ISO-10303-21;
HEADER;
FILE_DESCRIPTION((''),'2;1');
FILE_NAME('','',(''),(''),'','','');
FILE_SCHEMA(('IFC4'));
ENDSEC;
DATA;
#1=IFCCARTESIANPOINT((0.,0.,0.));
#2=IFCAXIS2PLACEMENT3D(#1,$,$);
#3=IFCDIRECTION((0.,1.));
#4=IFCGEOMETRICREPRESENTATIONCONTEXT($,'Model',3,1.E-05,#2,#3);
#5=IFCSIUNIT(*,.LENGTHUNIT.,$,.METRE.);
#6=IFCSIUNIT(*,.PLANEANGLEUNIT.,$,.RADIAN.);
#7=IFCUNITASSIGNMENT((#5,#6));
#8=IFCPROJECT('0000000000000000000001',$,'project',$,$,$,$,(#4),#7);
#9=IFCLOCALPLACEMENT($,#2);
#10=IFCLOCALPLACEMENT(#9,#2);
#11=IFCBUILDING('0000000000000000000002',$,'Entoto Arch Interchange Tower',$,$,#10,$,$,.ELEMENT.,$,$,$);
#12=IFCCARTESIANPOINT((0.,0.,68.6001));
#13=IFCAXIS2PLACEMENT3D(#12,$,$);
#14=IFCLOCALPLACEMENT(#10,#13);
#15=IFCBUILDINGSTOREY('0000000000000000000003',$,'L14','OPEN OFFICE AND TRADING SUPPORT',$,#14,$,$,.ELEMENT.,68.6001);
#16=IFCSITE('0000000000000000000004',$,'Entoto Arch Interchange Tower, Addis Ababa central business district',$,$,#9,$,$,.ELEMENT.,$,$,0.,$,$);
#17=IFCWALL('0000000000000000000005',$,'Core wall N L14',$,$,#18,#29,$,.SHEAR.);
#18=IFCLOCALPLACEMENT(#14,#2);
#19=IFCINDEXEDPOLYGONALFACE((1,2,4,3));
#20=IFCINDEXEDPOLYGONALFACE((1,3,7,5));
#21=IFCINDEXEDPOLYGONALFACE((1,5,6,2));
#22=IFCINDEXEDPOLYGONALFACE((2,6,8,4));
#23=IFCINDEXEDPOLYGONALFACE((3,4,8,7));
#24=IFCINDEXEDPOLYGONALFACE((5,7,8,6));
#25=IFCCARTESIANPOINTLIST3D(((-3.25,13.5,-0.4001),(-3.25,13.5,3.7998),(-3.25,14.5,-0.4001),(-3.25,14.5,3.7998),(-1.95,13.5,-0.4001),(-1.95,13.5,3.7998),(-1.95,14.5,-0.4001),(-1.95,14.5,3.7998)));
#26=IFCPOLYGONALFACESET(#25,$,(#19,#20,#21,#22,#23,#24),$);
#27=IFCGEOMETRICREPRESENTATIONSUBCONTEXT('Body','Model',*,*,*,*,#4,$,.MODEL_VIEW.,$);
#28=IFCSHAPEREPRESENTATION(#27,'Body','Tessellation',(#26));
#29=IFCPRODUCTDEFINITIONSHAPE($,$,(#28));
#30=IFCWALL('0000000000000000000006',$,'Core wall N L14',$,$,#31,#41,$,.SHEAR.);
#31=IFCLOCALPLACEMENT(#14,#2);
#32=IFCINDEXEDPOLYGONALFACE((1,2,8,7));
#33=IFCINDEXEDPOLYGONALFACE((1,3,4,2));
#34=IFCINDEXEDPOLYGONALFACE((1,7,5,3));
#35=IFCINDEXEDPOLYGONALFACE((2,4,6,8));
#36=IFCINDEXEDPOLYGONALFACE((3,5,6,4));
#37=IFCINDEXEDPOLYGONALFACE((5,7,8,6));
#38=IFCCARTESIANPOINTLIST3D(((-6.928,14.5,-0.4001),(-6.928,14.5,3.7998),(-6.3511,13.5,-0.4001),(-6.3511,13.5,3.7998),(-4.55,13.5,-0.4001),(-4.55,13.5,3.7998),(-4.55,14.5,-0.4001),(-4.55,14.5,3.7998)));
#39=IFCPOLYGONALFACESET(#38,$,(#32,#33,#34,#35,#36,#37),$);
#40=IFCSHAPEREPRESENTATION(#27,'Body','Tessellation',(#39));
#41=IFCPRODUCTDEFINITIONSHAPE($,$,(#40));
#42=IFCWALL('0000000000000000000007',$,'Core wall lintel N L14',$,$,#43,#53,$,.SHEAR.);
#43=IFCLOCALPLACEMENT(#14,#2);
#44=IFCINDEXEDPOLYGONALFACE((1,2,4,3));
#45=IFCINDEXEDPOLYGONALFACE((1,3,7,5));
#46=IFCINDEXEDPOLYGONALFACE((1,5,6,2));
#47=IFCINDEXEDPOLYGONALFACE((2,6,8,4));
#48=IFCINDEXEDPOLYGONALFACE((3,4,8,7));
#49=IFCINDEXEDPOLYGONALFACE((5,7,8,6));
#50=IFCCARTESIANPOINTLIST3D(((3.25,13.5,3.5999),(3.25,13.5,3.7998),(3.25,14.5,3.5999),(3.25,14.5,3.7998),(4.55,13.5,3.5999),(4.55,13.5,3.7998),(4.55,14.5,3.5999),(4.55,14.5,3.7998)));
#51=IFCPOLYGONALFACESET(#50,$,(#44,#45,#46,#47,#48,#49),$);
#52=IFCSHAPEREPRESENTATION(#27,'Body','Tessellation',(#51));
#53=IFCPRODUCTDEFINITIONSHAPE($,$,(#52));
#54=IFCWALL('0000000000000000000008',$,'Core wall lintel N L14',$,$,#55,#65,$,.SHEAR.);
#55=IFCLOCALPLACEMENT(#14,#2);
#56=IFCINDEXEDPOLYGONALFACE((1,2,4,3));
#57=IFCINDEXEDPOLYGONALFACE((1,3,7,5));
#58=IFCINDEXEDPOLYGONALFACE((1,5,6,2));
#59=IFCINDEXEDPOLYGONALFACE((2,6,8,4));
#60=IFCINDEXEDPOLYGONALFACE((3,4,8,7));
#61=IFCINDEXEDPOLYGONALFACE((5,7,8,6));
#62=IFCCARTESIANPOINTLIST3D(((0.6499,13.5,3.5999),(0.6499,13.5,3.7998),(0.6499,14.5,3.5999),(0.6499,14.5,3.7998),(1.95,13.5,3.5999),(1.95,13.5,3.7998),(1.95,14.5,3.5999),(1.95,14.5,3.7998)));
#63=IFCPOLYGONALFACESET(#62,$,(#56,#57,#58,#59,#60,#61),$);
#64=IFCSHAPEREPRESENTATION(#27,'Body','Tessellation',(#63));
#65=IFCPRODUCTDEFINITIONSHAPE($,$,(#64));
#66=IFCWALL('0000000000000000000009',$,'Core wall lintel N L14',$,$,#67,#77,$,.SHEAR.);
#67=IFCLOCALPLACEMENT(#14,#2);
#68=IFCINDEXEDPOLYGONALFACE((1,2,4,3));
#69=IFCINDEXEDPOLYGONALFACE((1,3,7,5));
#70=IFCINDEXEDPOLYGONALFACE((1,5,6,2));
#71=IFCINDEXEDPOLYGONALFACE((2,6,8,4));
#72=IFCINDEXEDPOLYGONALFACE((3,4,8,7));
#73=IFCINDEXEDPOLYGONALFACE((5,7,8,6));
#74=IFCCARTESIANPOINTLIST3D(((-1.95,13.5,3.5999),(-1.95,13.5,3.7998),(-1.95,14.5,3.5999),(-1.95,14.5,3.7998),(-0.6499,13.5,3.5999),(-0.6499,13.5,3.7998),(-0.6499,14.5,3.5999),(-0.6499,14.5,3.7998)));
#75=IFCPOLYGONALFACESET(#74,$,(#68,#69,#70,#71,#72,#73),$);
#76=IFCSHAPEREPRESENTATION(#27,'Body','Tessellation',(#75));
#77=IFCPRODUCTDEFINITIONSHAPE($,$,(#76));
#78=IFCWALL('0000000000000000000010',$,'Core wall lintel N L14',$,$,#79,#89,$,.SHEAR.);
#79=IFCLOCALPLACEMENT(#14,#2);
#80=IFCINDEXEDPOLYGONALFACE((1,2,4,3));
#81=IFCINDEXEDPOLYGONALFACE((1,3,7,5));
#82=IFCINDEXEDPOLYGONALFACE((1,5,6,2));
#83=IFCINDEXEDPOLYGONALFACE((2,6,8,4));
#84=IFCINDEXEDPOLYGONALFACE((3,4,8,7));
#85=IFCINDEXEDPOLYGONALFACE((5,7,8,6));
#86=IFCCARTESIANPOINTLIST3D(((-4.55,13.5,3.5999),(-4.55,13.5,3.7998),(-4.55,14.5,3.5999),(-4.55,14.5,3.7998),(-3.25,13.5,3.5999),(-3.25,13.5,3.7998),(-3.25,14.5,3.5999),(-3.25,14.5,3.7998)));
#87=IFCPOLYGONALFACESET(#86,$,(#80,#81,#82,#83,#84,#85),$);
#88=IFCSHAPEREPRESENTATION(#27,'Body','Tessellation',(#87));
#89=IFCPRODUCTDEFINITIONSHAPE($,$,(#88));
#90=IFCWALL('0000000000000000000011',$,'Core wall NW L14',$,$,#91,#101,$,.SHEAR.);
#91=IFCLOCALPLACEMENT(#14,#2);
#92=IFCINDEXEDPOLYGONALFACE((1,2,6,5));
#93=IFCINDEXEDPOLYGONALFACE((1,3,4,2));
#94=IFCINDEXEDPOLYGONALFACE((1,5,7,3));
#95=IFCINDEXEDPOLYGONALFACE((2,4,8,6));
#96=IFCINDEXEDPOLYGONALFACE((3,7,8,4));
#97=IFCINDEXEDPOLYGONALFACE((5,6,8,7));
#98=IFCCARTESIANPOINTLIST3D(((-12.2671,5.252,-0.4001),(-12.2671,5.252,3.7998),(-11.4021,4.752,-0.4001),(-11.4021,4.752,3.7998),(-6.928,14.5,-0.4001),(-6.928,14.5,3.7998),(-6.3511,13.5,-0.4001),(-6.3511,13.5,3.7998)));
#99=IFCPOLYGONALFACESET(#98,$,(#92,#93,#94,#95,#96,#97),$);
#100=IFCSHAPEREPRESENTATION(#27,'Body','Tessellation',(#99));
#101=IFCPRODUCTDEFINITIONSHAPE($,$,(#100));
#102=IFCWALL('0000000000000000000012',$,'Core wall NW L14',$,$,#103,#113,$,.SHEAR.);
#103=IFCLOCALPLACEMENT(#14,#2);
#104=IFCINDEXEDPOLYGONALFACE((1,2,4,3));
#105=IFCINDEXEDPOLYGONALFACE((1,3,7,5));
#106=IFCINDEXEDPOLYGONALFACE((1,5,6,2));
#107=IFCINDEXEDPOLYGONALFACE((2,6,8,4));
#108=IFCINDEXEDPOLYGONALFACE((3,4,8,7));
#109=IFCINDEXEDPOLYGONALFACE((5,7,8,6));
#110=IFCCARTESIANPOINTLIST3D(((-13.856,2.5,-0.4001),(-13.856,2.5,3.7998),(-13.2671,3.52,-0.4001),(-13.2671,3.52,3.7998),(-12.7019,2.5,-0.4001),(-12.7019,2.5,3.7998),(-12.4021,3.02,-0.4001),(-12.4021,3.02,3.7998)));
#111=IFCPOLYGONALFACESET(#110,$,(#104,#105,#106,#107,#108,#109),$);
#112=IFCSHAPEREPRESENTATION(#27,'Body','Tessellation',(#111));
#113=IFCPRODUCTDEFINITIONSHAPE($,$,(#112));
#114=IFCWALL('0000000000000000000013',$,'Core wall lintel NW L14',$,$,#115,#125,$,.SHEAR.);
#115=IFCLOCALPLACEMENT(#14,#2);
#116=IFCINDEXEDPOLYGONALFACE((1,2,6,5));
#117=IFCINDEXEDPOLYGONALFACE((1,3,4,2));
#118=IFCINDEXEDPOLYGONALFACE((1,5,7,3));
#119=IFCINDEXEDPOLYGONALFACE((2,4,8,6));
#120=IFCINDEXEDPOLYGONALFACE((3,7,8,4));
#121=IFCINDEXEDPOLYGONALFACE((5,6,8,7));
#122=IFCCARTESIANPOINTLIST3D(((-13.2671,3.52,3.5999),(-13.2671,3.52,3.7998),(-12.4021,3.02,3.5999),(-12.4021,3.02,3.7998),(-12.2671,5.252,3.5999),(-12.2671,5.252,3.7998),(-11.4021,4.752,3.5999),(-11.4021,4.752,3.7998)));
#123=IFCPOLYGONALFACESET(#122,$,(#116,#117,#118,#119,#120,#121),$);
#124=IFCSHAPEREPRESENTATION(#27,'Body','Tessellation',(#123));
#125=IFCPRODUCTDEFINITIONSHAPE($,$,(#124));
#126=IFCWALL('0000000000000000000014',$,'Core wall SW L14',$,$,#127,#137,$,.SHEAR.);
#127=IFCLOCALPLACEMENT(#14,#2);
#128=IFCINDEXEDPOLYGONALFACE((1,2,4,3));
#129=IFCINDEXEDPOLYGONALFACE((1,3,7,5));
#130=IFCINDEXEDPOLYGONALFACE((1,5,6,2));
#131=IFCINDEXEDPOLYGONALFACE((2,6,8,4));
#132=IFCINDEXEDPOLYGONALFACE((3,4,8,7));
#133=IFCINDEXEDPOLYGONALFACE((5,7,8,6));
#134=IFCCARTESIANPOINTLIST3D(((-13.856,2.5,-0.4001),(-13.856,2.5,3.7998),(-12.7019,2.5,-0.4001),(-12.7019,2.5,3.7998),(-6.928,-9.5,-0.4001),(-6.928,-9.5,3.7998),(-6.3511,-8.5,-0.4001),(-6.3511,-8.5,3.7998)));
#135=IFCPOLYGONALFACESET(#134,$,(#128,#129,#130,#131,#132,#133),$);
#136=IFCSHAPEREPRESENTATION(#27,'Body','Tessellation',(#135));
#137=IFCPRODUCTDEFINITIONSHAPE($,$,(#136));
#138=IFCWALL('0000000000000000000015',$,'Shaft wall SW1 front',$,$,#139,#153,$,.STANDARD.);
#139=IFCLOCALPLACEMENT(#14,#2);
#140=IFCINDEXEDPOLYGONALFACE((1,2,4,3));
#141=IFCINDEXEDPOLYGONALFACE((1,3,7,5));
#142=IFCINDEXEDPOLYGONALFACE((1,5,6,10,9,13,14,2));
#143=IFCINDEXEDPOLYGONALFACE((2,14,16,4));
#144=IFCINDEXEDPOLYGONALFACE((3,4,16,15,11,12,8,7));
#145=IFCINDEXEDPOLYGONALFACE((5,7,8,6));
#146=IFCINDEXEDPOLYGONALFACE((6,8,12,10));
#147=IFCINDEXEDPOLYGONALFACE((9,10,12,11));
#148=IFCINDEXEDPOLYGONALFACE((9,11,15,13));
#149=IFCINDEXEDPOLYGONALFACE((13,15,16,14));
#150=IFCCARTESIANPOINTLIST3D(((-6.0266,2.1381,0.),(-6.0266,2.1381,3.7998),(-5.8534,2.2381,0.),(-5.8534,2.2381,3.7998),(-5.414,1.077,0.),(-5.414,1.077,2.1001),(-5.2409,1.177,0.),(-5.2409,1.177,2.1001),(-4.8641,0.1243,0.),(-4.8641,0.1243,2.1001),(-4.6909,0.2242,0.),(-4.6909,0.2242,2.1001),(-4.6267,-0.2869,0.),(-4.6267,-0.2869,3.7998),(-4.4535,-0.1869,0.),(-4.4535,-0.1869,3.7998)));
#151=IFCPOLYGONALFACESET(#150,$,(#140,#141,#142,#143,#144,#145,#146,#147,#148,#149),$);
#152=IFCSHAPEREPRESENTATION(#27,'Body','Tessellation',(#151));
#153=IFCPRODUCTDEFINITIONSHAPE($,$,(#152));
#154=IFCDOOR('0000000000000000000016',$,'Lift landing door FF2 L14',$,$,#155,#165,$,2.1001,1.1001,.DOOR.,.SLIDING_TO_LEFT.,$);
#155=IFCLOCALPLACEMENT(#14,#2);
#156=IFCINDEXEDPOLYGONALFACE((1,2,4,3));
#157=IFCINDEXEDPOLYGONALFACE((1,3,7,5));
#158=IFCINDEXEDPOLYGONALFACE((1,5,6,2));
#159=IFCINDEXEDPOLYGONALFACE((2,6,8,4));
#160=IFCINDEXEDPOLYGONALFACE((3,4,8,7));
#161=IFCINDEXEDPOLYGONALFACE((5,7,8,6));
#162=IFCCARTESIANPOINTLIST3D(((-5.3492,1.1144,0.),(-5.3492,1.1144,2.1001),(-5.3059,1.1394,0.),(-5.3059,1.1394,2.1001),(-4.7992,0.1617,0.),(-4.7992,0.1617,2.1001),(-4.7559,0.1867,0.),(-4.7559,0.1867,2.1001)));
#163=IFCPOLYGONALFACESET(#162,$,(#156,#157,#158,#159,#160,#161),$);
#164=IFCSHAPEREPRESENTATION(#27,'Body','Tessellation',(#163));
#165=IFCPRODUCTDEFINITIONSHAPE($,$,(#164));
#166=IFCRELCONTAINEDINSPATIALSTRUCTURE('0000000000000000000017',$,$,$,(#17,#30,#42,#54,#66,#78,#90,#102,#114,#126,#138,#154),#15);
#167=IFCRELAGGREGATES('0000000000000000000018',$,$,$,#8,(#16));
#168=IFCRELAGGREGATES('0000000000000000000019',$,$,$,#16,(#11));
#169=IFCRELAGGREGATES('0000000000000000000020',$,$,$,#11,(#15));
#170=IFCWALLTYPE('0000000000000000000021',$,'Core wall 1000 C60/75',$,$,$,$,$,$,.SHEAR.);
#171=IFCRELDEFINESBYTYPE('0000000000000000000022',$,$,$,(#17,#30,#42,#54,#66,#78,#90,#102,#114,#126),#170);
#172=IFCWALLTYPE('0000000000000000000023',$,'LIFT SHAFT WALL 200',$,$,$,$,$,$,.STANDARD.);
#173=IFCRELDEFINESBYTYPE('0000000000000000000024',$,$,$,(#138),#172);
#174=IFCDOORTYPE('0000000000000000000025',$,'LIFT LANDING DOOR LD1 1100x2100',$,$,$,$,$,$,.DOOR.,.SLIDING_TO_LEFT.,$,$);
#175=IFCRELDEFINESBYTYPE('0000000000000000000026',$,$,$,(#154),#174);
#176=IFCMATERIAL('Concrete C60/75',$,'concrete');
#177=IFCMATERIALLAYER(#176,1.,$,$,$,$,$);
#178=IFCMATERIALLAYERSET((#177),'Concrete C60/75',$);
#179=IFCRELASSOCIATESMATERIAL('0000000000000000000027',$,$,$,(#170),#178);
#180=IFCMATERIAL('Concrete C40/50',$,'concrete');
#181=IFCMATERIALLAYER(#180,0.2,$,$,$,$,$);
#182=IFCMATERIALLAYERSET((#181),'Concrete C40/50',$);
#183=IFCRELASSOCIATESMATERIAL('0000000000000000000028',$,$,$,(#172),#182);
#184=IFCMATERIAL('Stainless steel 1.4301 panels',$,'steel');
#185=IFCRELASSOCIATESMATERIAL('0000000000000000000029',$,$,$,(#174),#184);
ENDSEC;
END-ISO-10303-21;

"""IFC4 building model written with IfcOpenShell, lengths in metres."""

from ifc_helpers import new_model, si_unit, direction, frame, frame_2d, origin, place, context, subcontext, project, spatial, polyline, rectangle, outline, extrude, material, layer, layer_set, type_object, element, fill, save


model = new_model("IFC4")

# Units and contexts
model_context = context("Model", 3, precision=1e-05, world=origin(), true_north=direction((0.0, 1.0)))
body_context = subcontext(model_context, "Body", "Model", "MODEL_VIEW")
ifc_project = project(units=[si_unit("LENGTHUNIT", "METRE"), si_unit("PLANEANGLEUNIT", "RADIAN")], contexts=[model_context])

# Site, building, storey
site_placement = place(None, origin())
site = spatial("IfcSite", under=ifc_project, at=site_placement, Name="Entoto Arch Interchange Tower, Addis Ababa central business district", CompositionType="ELEMENT", RefElevation=0.0)
building_placement = place(site_placement, origin())
building = spatial("IfcBuilding", under=site, at=building_placement, Name="Entoto Arch Interchange Tower", CompositionType="ELEMENT")
storey_placement = place(building_placement, frame((0.0, 0.0, 68.6001)))
storey = spatial("IfcBuildingStorey", under=building, at=storey_placement, Name="L14", Description="OPEN OFFICE AND TRADING SUPPORT", CompositionType="ELEMENT", Elevation=68.6001)

# Walls
ifc_material_1 = material(Name="Concrete C60/75", Category="concrete")
ifc_layer_1 = layer(ifc_material_1, 1.0)
ifc_layer_set_1 = layer_set([ifc_layer_1], Name="Concrete C60/75")
wall_type_1 = type_object("IfcWallType", Name="Core wall 1000 C60/75", PredefinedType="SHEAR", material=ifc_layer_set_1)
wall_1_placement = place(storey_placement, frame((0.0, 0.0, -0.4001)))
element("IfcWall", 1, at=wall_1_placement, inside=storey, type_object=wall_type_1, Name="Core wall N L14", PredefinedType="SHEAR", context=body_context, shape_type="SweptSolid", body=[
    extrude(outline(polyline([(-3.25, 14.5), (-3.25, 13.5), (-1.95, 13.5), (-1.95, 14.5), (-3.25, 14.5)])), origin(), (0.0, 0.0, 1.0), 4.2),
])
wall_2_placement = place(storey_placement, frame((0.0, 0.0, -0.4001)))
element("IfcWall", 2, at=wall_2_placement, inside=storey, type_object=wall_type_1, Name="Core wall N L14", PredefinedType="SHEAR", context=body_context, shape_type="SweptSolid", body=[
    extrude(outline(polyline([(-4.55, 13.5), (-4.55, 14.5), (-6.928, 14.5), (-6.3511, 13.5), (-4.55, 13.5)])), origin(), (0.0, 0.0, 1.0), 4.2),
])
wall_3_placement = place(storey_placement, frame((0.0, 0.0, 3.5999)))
element("IfcWall", 3, at=wall_3_placement, inside=storey, type_object=wall_type_1, Name="Core wall lintel N L14", PredefinedType="SHEAR", context=body_context, shape_type="SweptSolid", body=[
    extrude(outline(polyline([(3.25, 14.5), (3.25, 13.5), (4.55, 13.5), (4.55, 14.5), (3.25, 14.5)])), origin(), (0.0, 0.0, 1.0), 0.2),
])
wall_4_placement = place(storey_placement, frame((0.0, 0.0, 3.5999)))
element("IfcWall", 4, at=wall_4_placement, inside=storey, type_object=wall_type_1, Name="Core wall lintel N L14", PredefinedType="SHEAR", context=body_context, shape_type="SweptSolid", body=[
    extrude(outline(polyline([(0.6499, 14.5), (0.6499, 13.5), (1.95, 13.5), (1.95, 14.5), (0.6499, 14.5)])), origin(), (0.0, 0.0, 1.0), 0.2),
])
wall_5_placement = place(storey_placement, frame((0.0, 0.0, 3.5999)))
element("IfcWall", 5, at=wall_5_placement, inside=storey, type_object=wall_type_1, Name="Core wall lintel N L14", PredefinedType="SHEAR", context=body_context, shape_type="SweptSolid", body=[
    extrude(outline(polyline([(-1.95, 14.5), (-1.95, 13.5), (-0.6499, 13.5), (-0.6499, 14.5), (-1.95, 14.5)])), origin(), (0.0, 0.0, 1.0), 0.2),
])
wall_6_placement = place(storey_placement, frame((0.0, 0.0, 3.5999)))
element("IfcWall", 6, at=wall_6_placement, inside=storey, type_object=wall_type_1, Name="Core wall lintel N L14", PredefinedType="SHEAR", context=body_context, shape_type="SweptSolid", body=[
    extrude(outline(polyline([(-4.55, 14.5), (-4.55, 13.5), (-3.25, 13.5), (-3.25, 14.5), (-4.55, 14.5)])), origin(), (0.0, 0.0, 1.0), 0.2),
])
wall_7_placement = place(storey_placement, frame((0.0, 0.0, -0.4001)))
element("IfcWall", 7, at=wall_7_placement, inside=storey, type_object=wall_type_1, Name="Core wall NW L14", PredefinedType="SHEAR", context=body_context, shape_type="SweptSolid", body=[
    extrude(outline(polyline([(-12.2671, 5.252), (-11.4021, 4.752), (-6.3511, 13.5), (-6.928, 14.5), (-12.2671, 5.252)])), origin(), (0.0, 0.0, 1.0), 4.2),
])
wall_8_placement = place(storey_placement, frame((0.0, 0.0, -0.4001)))
element("IfcWall", 8, at=wall_8_placement, inside=storey, type_object=wall_type_1, Name="Core wall NW L14", PredefinedType="SHEAR", context=body_context, shape_type="SweptSolid", body=[
    extrude(outline(polyline([(-12.4021, 3.02), (-13.2671, 3.52), (-13.856, 2.5), (-12.7019, 2.5), (-12.4021, 3.02)])), origin(), (0.0, 0.0, 1.0), 4.2),
])
wall_9_placement = place(storey_placement, frame((0.0, 0.0, 3.5999)))
element("IfcWall", 9, at=wall_9_placement, inside=storey, type_object=wall_type_1, Name="Core wall lintel NW L14", PredefinedType="SHEAR", context=body_context, shape_type="SweptSolid", body=[
    extrude(outline(polyline([(-13.2671, 3.52), (-12.4021, 3.02), (-11.4021, 4.752), (-12.2671, 5.252), (-13.2671, 3.52)])), origin(), (0.0, 0.0, 1.0), 0.2),
])
wall_10_placement = place(storey_placement, frame((0.0, 0.0, -0.4001)))
element("IfcWall", 10, at=wall_10_placement, inside=storey, type_object=wall_type_1, Name="Core wall SW L14", PredefinedType="SHEAR", context=body_context, shape_type="SweptSolid", body=[
    extrude(outline(polyline([(-13.856, 2.5), (-6.928, -9.5), (-6.3511, -8.5), (-12.7019, 2.5), (-13.856, 2.5)])), origin(), (0.0, 0.0, 1.0), 4.2),
])

# Wall, opening, door
ifc_material_2 = material(Name="Concrete C40/50", Category="concrete")
ifc_layer_2 = layer(ifc_material_2, 0.2)
ifc_layer_set_2 = layer_set([ifc_layer_2], Name="Concrete C40/50")
wall_type_2 = type_object("IfcWallType", Name="LIFT SHAFT WALL 200", PredefinedType="STANDARD", material=ifc_layer_set_2)
wall_11_placement = place(storey_placement, frame((-5.9399, 2.188, 0.0), z_axis=(0.0, 0.0, 1.0), x_axis=(0.499946, -0.866056, 0.0)))
wall_11 = element("IfcWall", 11, at=wall_11_placement, inside=storey, type_object=wall_type_2, Name="Shaft wall SW1 front", PredefinedType="STANDARD", context=body_context, shape_type="SweptSolid", body=[
    extrude(rectangle(XDim=2.8, YDim=0.2, at=frame_2d((1.3999, 0.0))), origin(), (0.0, 0.0, 1.0), 3.7998),
])
opening_1_placement = place(wall_11_placement, frame((1.2251, 0.0, 0.0)))
opening_1 = element("IfcOpeningElement", 12, at=opening_1_placement, cuts=wall_11, PredefinedType="OPENING", context=body_context, shape_type="SweptSolid", body=[
    extrude(rectangle(XDim=1.1001, YDim=2.1001, at=frame_2d((0.55, 1.05))), frame((0.0, 0.1099, 0.0), z_axis=(0.0, -1.0, 0.0), x_axis=(1.0, 0.0, 0.0)), (0.0, 0.0, 1.0), 0.22),
])
ifc_material_3 = material(Name="Stainless steel 1.4301 panels", Category="steel")
door_type_1 = type_object("IfcDoorType", Name="LIFT LANDING DOOR LD1 1100x2100", OperationType="SLIDING_TO_LEFT", PredefinedType="DOOR", material=ifc_material_3)
door_1_placement = place(opening_1_placement, origin())
door_1 = element("IfcDoor", 13, at=door_1_placement, inside=storey, type_object=door_type_1, Name="Lift landing door FF2 L14", OperationType="SLIDING_TO_LEFT", OverallHeight=2.1001, OverallWidth=1.1001, PredefinedType="DOOR", context=body_context, shape_type="SweptSolid", body=[
    extrude(rectangle(XDim=1.1001, YDim=2.1001, at=frame_2d((0.55, 1.05))), frame((0.0, 0.0249, 0.0), z_axis=(0.0, -1.0, 0.0), x_axis=(1.0, 0.0, 0.0)), (0.0, 0.0, 1.0), 0.05),
])
fill(opening_1, door_1)

save(model, "model.ifc")
